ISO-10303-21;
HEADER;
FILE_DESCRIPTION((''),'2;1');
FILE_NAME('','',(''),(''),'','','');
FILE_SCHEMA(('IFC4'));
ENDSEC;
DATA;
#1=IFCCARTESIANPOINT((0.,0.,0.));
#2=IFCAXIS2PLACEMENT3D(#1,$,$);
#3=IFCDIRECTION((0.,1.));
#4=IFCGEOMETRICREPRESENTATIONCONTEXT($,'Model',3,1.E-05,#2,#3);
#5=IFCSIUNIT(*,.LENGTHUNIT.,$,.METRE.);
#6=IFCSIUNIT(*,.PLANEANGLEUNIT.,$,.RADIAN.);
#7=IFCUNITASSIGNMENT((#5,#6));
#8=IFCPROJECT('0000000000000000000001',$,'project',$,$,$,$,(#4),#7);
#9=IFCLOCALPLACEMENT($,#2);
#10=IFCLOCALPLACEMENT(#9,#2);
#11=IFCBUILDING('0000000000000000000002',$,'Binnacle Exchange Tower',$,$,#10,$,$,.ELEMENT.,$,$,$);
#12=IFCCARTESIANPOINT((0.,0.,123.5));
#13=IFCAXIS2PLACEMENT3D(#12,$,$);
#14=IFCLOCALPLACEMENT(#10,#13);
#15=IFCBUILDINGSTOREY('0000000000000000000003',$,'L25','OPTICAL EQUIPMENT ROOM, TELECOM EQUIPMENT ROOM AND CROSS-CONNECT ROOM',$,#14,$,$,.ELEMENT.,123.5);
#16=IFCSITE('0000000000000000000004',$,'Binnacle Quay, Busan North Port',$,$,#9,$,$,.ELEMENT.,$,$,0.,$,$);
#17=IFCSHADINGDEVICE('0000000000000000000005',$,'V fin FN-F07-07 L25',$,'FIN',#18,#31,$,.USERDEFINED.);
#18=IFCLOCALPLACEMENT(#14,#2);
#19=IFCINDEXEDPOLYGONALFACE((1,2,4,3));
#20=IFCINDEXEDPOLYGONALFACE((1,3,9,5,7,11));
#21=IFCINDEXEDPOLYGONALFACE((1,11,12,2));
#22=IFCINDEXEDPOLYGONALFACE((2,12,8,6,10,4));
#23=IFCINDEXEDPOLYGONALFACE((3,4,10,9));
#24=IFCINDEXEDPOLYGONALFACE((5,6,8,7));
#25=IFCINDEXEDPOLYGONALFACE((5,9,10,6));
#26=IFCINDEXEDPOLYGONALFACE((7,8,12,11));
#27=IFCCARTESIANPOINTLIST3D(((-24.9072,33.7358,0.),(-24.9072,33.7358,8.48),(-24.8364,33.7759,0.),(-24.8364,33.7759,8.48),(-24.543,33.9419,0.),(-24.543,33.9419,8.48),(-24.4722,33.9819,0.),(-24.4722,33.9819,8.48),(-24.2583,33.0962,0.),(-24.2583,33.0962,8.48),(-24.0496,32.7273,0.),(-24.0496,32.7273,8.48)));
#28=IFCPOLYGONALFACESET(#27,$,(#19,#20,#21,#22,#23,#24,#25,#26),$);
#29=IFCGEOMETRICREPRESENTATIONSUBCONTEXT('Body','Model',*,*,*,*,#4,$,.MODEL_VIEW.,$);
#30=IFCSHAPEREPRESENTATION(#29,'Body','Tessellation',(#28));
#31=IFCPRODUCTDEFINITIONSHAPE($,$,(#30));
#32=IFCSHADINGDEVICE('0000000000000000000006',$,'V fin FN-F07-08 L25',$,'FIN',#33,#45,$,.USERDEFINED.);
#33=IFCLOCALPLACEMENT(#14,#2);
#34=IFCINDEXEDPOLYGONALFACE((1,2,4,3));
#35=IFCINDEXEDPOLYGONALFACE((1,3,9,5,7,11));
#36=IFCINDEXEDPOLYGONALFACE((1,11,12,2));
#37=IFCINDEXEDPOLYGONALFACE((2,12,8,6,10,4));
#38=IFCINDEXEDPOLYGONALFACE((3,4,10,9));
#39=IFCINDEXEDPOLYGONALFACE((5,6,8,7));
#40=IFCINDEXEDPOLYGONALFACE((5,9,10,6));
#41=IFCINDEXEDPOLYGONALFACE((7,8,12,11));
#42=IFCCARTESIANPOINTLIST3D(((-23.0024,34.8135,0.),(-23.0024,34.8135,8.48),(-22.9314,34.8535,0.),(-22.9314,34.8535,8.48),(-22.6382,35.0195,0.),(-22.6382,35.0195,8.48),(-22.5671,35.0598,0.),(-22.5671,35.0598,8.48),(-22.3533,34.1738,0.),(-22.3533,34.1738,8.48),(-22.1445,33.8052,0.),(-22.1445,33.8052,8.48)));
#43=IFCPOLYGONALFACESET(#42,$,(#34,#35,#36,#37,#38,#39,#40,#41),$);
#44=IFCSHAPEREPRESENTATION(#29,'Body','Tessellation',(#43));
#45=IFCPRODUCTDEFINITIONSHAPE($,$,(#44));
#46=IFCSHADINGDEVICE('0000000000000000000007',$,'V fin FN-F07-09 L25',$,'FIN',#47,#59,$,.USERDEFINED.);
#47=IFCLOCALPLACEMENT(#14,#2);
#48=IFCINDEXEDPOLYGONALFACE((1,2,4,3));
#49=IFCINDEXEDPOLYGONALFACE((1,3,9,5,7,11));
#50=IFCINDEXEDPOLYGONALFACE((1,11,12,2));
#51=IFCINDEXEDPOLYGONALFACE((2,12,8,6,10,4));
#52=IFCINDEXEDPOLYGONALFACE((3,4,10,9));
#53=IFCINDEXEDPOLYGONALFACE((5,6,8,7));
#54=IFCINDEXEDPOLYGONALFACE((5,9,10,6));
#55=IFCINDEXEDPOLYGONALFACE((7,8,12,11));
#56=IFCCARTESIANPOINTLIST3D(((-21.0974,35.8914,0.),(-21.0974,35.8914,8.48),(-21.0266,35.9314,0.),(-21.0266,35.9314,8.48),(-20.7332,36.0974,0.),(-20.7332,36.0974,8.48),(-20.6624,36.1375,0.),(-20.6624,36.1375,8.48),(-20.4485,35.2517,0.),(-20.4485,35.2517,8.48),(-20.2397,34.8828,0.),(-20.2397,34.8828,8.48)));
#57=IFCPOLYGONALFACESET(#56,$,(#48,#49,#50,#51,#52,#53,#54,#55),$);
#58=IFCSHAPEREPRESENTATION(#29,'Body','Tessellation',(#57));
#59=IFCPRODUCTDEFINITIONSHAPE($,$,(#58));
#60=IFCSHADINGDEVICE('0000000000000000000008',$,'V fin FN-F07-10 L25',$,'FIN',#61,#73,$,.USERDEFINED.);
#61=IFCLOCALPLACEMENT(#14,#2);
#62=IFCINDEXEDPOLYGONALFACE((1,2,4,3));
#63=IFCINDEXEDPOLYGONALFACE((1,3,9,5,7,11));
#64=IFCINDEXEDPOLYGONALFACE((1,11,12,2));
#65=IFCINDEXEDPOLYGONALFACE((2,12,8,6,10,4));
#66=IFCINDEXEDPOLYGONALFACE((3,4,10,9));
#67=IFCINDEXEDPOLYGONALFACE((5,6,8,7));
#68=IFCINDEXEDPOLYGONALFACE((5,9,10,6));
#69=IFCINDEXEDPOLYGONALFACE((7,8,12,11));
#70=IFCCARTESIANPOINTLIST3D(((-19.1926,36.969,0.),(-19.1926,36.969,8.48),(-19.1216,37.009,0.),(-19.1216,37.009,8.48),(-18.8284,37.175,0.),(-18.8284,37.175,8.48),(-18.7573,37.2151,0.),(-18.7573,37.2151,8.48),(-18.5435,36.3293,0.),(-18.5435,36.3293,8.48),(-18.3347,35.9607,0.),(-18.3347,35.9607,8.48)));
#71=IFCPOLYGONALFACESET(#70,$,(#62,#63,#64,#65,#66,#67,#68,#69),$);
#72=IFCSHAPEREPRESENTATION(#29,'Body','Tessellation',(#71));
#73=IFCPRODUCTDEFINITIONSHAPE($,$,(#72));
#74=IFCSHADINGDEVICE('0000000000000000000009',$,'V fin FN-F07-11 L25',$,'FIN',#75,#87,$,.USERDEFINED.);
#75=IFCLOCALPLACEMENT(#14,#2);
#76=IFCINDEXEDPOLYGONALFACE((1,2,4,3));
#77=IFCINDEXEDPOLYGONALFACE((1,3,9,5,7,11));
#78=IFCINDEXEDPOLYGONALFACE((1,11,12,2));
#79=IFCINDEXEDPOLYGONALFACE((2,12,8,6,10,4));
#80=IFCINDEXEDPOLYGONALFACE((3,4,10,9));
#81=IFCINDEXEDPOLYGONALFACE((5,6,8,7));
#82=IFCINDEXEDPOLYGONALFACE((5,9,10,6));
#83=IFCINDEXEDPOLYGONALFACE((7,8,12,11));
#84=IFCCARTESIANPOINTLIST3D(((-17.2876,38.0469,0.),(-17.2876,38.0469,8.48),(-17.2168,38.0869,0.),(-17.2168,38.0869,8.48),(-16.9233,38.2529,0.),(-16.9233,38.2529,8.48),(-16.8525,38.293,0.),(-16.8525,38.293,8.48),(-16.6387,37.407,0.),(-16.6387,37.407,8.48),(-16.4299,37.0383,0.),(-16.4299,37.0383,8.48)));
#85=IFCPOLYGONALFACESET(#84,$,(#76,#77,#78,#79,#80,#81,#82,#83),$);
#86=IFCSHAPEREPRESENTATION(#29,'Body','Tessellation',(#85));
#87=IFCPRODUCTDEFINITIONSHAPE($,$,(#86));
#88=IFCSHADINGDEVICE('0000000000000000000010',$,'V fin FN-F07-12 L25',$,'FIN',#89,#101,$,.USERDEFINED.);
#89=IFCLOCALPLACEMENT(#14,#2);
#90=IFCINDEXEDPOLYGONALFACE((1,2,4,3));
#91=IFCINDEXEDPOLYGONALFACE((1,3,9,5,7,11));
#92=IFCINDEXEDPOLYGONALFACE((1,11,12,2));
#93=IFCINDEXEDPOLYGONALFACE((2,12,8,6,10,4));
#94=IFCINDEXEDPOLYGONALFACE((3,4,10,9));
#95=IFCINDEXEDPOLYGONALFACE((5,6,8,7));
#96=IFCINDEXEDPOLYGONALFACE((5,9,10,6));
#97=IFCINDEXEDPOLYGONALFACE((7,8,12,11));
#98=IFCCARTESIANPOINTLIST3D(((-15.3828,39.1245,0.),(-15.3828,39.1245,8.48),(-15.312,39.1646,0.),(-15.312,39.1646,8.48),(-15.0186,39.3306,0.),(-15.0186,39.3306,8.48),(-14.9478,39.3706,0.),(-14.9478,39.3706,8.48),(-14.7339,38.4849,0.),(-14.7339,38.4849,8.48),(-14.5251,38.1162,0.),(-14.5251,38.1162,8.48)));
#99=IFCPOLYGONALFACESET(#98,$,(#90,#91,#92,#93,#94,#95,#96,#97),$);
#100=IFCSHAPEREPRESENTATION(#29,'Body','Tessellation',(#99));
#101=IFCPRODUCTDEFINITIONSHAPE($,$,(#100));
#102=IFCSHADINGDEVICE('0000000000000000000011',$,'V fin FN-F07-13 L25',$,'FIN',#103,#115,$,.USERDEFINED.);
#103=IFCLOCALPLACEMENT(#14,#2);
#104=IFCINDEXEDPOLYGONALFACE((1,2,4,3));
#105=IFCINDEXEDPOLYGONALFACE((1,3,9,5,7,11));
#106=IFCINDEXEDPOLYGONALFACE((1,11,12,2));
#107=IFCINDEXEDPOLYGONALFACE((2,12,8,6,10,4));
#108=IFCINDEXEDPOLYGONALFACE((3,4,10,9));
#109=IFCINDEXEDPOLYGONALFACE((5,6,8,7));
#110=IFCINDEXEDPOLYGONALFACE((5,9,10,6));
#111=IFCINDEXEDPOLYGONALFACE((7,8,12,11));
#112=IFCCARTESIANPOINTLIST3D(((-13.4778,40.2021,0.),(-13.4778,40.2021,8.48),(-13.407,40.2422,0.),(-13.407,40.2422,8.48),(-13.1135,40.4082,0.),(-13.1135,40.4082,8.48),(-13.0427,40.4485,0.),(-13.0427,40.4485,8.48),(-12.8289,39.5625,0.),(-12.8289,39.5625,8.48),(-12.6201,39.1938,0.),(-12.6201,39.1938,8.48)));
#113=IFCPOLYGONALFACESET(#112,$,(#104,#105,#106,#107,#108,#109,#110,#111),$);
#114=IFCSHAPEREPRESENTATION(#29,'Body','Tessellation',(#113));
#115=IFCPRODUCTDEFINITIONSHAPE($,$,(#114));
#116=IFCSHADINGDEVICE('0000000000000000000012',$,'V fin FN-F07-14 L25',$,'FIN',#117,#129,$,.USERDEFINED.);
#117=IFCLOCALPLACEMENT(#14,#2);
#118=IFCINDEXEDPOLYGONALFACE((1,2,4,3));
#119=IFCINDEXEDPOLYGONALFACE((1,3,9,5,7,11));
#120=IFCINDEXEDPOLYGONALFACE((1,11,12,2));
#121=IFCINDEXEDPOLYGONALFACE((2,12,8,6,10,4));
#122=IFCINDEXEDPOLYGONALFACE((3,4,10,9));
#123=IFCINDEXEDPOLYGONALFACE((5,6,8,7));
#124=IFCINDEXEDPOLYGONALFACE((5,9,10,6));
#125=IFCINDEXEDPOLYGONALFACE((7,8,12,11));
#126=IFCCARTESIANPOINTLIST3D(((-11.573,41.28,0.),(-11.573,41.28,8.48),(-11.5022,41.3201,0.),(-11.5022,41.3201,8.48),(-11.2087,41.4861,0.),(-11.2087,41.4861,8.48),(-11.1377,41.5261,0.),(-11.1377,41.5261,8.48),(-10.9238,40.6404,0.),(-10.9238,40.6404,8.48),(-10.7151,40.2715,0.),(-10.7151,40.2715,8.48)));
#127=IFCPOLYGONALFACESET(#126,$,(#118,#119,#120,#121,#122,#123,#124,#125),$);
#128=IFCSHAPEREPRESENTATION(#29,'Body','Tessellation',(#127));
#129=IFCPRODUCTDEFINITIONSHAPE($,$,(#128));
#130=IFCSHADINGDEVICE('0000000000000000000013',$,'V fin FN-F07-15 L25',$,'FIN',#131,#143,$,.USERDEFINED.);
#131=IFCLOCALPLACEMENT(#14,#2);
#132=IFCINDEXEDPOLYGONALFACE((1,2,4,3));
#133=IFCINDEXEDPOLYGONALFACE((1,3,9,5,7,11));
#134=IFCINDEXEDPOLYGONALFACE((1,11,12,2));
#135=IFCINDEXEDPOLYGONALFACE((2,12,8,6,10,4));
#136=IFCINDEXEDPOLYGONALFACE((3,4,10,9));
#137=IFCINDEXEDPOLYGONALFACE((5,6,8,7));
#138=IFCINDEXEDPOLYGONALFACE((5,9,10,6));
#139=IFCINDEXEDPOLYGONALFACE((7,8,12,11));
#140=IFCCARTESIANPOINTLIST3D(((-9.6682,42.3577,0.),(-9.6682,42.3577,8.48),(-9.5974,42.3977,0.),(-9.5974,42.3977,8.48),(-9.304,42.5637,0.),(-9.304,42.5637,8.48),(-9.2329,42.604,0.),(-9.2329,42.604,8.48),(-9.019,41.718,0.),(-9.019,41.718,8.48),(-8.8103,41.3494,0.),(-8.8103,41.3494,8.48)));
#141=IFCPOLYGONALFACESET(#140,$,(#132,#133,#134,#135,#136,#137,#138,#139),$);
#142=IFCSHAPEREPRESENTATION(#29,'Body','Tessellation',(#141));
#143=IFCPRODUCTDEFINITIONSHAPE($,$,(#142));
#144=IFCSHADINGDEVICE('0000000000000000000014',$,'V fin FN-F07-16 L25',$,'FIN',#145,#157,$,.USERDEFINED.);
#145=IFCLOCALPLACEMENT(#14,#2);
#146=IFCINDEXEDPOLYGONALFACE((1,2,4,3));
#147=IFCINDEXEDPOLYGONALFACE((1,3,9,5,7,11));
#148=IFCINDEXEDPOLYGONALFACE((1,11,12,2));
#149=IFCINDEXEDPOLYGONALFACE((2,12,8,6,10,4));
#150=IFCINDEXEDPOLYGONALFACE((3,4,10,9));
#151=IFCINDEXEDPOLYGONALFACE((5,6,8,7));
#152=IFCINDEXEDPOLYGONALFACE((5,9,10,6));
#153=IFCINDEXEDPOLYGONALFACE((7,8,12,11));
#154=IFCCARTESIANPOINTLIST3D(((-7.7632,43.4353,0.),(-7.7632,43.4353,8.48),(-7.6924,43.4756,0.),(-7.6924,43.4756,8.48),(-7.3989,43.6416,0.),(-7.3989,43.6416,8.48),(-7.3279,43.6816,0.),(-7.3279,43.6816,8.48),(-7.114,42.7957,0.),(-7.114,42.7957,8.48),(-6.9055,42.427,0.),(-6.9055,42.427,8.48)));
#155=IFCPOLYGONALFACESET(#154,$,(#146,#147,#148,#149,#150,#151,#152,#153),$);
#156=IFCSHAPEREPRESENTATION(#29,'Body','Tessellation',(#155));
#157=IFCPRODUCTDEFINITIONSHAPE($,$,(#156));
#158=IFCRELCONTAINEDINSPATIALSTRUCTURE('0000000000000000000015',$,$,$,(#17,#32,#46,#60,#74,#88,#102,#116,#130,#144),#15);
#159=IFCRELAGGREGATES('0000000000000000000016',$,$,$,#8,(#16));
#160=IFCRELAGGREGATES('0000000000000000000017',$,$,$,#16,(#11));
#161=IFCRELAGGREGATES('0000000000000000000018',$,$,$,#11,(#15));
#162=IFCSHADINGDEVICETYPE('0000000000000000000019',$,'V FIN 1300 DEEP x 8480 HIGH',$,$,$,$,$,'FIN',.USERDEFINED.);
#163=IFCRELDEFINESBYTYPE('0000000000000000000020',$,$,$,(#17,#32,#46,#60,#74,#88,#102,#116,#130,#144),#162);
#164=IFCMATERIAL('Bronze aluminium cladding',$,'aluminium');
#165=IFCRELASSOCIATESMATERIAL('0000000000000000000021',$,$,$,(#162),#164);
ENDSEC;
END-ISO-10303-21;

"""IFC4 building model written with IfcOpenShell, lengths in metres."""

from ifc_helpers import new_model, si_unit, direction, frame, origin, place, context, subcontext, project, spatial, polyline, outline, extrude, material, type_object, element, save


model = new_model("IFC4")

# Units and contexts
model_context = context("Model", 3, precision=1e-05, world=origin(), true_north=direction((0.0, 1.0)))
body_context = subcontext(model_context, "Body", "Model", "MODEL_VIEW")
ifc_project = project(units=[si_unit("LENGTHUNIT", "METRE"), si_unit("PLANEANGLEUNIT", "RADIAN")], contexts=[model_context])

# Site, building, storey
site_placement = place(None, origin())
site = spatial("IfcSite", under=ifc_project, at=site_placement, Name="Binnacle Quay, Busan North Port", CompositionType="ELEMENT", RefElevation=0.0)
building_placement = place(site_placement, origin())
building = spatial("IfcBuilding", under=site, at=building_placement, Name="Binnacle Exchange Tower", CompositionType="ELEMENT")
storey_placement = place(building_placement, frame((0.0, 0.0, 123.5)))
storey = spatial("IfcBuildingStorey", under=building, at=storey_placement, Name="L25", Description="OPTICAL EQUIPMENT ROOM, TELECOM EQUIPMENT ROOM AND CROSS-CONNECT ROOM", CompositionType="ELEMENT", Elevation=123.5)

# Shading devices
ifc_material = material(Name="Bronze aluminium cladding", Category="aluminium")
shading_device_type = type_object("IfcShadingDeviceType", Name="V FIN 1300 DEEP x 8480 HIGH", ElementType="FIN", PredefinedType="USERDEFINED", material=ifc_material)
shading_device_1_placement = place(storey_placement, origin())
element("IfcShadingDevice", 1, at=shading_device_1_placement, inside=storey, type_object=shading_device_type, Name="V fin FN-F07-07 L25", ObjectType="FIN", PredefinedType="USERDEFINED", context=body_context, shape_type="SweptSolid", body=[
    extrude(outline(polyline([(-24.9072, 33.7358), (-24.0496, 32.7273), (-24.4722, 33.9819), (-24.543, 33.9419), (-24.2583, 33.0962), (-24.8364, 33.7759), (-24.9072, 33.7358)])), origin(), (0.0, 0.0, 1.0), 8.48),
])
shading_device_2_placement = place(storey_placement, origin())
element("IfcShadingDevice", 2, at=shading_device_2_placement, inside=storey, type_object=shading_device_type, Name="V fin FN-F07-08 L25", ObjectType="FIN", PredefinedType="USERDEFINED", context=body_context, shape_type="SweptSolid", body=[
    extrude(outline(polyline([(-23.0024, 34.8135), (-22.1445, 33.8052), (-22.5671, 35.0598), (-22.6382, 35.0195), (-22.3533, 34.1738), (-22.9314, 34.8535), (-23.0024, 34.8135)])), origin(), (0.0, 0.0, 1.0), 8.48),
])
shading_device_3_placement = place(storey_placement, origin())
element("IfcShadingDevice", 3, at=shading_device_3_placement, inside=storey, type_object=shading_device_type, Name="V fin FN-F07-09 L25", ObjectType="FIN", PredefinedType="USERDEFINED", context=body_context, shape_type="SweptSolid", body=[
    extrude(outline(polyline([(-21.0974, 35.8914), (-20.2397, 34.8828), (-20.6624, 36.1375), (-20.7332, 36.0974), (-20.4485, 35.2517), (-21.0266, 35.9314), (-21.0974, 35.8914)])), origin(), (0.0, 0.0, 1.0), 8.48),
])
shading_device_4_placement = place(storey_placement, origin())
element("IfcShadingDevice", 4, at=shading_device_4_placement, inside=storey, type_object=shading_device_type, Name="V fin FN-F07-10 L25", ObjectType="FIN", PredefinedType="USERDEFINED", context=body_context, shape_type="SweptSolid", body=[
    extrude(outline(polyline([(-19.1926, 36.969), (-18.3347, 35.9607), (-18.7573, 37.2151), (-18.8284, 37.175), (-18.5435, 36.3293), (-19.1216, 37.009), (-19.1926, 36.969)])), origin(), (0.0, 0.0, 1.0), 8.48),
])
shading_device_5_placement = place(storey_placement, origin())
element("IfcShadingDevice", 5, at=shading_device_5_placement, inside=storey, type_object=shading_device_type, Name="V fin FN-F07-11 L25", ObjectType="FIN", PredefinedType="USERDEFINED", context=body_context, shape_type="SweptSolid", body=[
    extrude(outline(polyline([(-17.2876, 38.0469), (-16.4299, 37.0383), (-16.8525, 38.293), (-16.9233, 38.2529), (-16.6387, 37.407), (-17.2168, 38.0869), (-17.2876, 38.0469)])), origin(), (0.0, 0.0, 1.0), 8.48),
])
shading_device_6_placement = place(storey_placement, origin())
element("IfcShadingDevice", 6, at=shading_device_6_placement, inside=storey, type_object=shading_device_type, Name="V fin FN-F07-12 L25", ObjectType="FIN", PredefinedType="USERDEFINED", context=body_context, shape_type="SweptSolid", body=[
    extrude(outline(polyline([(-15.3828, 39.1245), (-14.5251, 38.1162), (-14.9478, 39.3706), (-15.0186, 39.3306), (-14.7339, 38.4849), (-15.312, 39.1646), (-15.3828, 39.1245)])), origin(), (0.0, 0.0, 1.0), 8.48),
])
shading_device_7_placement = place(storey_placement, origin())
element("IfcShadingDevice", 7, at=shading_device_7_placement, inside=storey, type_object=shading_device_type, Name="V fin FN-F07-13 L25", ObjectType="FIN", PredefinedType="USERDEFINED", context=body_context, shape_type="SweptSolid", body=[
    extrude(outline(polyline([(-13.4778, 40.2021), (-12.6201, 39.1938), (-13.0427, 40.4485), (-13.1135, 40.4082), (-12.8289, 39.5625), (-13.407, 40.2422), (-13.4778, 40.2021)])), origin(), (0.0, 0.0, 1.0), 8.48),
])
shading_device_8_placement = place(storey_placement, origin())
element("IfcShadingDevice", 8, at=shading_device_8_placement, inside=storey, type_object=shading_device_type, Name="V fin FN-F07-14 L25", ObjectType="FIN", PredefinedType="USERDEFINED", context=body_context, shape_type="SweptSolid", body=[
    extrude(outline(polyline([(-11.573, 41.28), (-10.7151, 40.2715), (-11.1377, 41.5261), (-11.2087, 41.4861), (-10.9238, 40.6404), (-11.5022, 41.3201), (-11.573, 41.28)])), origin(), (0.0, 0.0, 1.0), 8.48),
])
shading_device_9_placement = place(storey_placement, origin())
element("IfcShadingDevice", 9, at=shading_device_9_placement, inside=storey, type_object=shading_device_type, Name="V fin FN-F07-15 L25", ObjectType="FIN", PredefinedType="USERDEFINED", context=body_context, shape_type="SweptSolid", body=[
    extrude(outline(polyline([(-9.6682, 42.3577), (-8.8103, 41.3494), (-9.2329, 42.604), (-9.304, 42.5637), (-9.019, 41.718), (-9.5974, 42.3977), (-9.6682, 42.3577)])), origin(), (0.0, 0.0, 1.0), 8.48),
])
shading_device_10_placement = place(storey_placement, origin())
element("IfcShadingDevice", 10, at=shading_device_10_placement, inside=storey, type_object=shading_device_type, Name="V fin FN-F07-16 L25", ObjectType="FIN", PredefinedType="USERDEFINED", context=body_context, shape_type="SweptSolid", body=[
    extrude(outline(polyline([(-7.7632, 43.4353), (-6.9055, 42.427), (-7.3279, 43.6816), (-7.3989, 43.6416), (-7.114, 42.7957), (-7.6924, 43.4756), (-7.7632, 43.4353)])), origin(), (0.0, 0.0, 1.0), 8.48),
])

save(model, "model.ifc")
